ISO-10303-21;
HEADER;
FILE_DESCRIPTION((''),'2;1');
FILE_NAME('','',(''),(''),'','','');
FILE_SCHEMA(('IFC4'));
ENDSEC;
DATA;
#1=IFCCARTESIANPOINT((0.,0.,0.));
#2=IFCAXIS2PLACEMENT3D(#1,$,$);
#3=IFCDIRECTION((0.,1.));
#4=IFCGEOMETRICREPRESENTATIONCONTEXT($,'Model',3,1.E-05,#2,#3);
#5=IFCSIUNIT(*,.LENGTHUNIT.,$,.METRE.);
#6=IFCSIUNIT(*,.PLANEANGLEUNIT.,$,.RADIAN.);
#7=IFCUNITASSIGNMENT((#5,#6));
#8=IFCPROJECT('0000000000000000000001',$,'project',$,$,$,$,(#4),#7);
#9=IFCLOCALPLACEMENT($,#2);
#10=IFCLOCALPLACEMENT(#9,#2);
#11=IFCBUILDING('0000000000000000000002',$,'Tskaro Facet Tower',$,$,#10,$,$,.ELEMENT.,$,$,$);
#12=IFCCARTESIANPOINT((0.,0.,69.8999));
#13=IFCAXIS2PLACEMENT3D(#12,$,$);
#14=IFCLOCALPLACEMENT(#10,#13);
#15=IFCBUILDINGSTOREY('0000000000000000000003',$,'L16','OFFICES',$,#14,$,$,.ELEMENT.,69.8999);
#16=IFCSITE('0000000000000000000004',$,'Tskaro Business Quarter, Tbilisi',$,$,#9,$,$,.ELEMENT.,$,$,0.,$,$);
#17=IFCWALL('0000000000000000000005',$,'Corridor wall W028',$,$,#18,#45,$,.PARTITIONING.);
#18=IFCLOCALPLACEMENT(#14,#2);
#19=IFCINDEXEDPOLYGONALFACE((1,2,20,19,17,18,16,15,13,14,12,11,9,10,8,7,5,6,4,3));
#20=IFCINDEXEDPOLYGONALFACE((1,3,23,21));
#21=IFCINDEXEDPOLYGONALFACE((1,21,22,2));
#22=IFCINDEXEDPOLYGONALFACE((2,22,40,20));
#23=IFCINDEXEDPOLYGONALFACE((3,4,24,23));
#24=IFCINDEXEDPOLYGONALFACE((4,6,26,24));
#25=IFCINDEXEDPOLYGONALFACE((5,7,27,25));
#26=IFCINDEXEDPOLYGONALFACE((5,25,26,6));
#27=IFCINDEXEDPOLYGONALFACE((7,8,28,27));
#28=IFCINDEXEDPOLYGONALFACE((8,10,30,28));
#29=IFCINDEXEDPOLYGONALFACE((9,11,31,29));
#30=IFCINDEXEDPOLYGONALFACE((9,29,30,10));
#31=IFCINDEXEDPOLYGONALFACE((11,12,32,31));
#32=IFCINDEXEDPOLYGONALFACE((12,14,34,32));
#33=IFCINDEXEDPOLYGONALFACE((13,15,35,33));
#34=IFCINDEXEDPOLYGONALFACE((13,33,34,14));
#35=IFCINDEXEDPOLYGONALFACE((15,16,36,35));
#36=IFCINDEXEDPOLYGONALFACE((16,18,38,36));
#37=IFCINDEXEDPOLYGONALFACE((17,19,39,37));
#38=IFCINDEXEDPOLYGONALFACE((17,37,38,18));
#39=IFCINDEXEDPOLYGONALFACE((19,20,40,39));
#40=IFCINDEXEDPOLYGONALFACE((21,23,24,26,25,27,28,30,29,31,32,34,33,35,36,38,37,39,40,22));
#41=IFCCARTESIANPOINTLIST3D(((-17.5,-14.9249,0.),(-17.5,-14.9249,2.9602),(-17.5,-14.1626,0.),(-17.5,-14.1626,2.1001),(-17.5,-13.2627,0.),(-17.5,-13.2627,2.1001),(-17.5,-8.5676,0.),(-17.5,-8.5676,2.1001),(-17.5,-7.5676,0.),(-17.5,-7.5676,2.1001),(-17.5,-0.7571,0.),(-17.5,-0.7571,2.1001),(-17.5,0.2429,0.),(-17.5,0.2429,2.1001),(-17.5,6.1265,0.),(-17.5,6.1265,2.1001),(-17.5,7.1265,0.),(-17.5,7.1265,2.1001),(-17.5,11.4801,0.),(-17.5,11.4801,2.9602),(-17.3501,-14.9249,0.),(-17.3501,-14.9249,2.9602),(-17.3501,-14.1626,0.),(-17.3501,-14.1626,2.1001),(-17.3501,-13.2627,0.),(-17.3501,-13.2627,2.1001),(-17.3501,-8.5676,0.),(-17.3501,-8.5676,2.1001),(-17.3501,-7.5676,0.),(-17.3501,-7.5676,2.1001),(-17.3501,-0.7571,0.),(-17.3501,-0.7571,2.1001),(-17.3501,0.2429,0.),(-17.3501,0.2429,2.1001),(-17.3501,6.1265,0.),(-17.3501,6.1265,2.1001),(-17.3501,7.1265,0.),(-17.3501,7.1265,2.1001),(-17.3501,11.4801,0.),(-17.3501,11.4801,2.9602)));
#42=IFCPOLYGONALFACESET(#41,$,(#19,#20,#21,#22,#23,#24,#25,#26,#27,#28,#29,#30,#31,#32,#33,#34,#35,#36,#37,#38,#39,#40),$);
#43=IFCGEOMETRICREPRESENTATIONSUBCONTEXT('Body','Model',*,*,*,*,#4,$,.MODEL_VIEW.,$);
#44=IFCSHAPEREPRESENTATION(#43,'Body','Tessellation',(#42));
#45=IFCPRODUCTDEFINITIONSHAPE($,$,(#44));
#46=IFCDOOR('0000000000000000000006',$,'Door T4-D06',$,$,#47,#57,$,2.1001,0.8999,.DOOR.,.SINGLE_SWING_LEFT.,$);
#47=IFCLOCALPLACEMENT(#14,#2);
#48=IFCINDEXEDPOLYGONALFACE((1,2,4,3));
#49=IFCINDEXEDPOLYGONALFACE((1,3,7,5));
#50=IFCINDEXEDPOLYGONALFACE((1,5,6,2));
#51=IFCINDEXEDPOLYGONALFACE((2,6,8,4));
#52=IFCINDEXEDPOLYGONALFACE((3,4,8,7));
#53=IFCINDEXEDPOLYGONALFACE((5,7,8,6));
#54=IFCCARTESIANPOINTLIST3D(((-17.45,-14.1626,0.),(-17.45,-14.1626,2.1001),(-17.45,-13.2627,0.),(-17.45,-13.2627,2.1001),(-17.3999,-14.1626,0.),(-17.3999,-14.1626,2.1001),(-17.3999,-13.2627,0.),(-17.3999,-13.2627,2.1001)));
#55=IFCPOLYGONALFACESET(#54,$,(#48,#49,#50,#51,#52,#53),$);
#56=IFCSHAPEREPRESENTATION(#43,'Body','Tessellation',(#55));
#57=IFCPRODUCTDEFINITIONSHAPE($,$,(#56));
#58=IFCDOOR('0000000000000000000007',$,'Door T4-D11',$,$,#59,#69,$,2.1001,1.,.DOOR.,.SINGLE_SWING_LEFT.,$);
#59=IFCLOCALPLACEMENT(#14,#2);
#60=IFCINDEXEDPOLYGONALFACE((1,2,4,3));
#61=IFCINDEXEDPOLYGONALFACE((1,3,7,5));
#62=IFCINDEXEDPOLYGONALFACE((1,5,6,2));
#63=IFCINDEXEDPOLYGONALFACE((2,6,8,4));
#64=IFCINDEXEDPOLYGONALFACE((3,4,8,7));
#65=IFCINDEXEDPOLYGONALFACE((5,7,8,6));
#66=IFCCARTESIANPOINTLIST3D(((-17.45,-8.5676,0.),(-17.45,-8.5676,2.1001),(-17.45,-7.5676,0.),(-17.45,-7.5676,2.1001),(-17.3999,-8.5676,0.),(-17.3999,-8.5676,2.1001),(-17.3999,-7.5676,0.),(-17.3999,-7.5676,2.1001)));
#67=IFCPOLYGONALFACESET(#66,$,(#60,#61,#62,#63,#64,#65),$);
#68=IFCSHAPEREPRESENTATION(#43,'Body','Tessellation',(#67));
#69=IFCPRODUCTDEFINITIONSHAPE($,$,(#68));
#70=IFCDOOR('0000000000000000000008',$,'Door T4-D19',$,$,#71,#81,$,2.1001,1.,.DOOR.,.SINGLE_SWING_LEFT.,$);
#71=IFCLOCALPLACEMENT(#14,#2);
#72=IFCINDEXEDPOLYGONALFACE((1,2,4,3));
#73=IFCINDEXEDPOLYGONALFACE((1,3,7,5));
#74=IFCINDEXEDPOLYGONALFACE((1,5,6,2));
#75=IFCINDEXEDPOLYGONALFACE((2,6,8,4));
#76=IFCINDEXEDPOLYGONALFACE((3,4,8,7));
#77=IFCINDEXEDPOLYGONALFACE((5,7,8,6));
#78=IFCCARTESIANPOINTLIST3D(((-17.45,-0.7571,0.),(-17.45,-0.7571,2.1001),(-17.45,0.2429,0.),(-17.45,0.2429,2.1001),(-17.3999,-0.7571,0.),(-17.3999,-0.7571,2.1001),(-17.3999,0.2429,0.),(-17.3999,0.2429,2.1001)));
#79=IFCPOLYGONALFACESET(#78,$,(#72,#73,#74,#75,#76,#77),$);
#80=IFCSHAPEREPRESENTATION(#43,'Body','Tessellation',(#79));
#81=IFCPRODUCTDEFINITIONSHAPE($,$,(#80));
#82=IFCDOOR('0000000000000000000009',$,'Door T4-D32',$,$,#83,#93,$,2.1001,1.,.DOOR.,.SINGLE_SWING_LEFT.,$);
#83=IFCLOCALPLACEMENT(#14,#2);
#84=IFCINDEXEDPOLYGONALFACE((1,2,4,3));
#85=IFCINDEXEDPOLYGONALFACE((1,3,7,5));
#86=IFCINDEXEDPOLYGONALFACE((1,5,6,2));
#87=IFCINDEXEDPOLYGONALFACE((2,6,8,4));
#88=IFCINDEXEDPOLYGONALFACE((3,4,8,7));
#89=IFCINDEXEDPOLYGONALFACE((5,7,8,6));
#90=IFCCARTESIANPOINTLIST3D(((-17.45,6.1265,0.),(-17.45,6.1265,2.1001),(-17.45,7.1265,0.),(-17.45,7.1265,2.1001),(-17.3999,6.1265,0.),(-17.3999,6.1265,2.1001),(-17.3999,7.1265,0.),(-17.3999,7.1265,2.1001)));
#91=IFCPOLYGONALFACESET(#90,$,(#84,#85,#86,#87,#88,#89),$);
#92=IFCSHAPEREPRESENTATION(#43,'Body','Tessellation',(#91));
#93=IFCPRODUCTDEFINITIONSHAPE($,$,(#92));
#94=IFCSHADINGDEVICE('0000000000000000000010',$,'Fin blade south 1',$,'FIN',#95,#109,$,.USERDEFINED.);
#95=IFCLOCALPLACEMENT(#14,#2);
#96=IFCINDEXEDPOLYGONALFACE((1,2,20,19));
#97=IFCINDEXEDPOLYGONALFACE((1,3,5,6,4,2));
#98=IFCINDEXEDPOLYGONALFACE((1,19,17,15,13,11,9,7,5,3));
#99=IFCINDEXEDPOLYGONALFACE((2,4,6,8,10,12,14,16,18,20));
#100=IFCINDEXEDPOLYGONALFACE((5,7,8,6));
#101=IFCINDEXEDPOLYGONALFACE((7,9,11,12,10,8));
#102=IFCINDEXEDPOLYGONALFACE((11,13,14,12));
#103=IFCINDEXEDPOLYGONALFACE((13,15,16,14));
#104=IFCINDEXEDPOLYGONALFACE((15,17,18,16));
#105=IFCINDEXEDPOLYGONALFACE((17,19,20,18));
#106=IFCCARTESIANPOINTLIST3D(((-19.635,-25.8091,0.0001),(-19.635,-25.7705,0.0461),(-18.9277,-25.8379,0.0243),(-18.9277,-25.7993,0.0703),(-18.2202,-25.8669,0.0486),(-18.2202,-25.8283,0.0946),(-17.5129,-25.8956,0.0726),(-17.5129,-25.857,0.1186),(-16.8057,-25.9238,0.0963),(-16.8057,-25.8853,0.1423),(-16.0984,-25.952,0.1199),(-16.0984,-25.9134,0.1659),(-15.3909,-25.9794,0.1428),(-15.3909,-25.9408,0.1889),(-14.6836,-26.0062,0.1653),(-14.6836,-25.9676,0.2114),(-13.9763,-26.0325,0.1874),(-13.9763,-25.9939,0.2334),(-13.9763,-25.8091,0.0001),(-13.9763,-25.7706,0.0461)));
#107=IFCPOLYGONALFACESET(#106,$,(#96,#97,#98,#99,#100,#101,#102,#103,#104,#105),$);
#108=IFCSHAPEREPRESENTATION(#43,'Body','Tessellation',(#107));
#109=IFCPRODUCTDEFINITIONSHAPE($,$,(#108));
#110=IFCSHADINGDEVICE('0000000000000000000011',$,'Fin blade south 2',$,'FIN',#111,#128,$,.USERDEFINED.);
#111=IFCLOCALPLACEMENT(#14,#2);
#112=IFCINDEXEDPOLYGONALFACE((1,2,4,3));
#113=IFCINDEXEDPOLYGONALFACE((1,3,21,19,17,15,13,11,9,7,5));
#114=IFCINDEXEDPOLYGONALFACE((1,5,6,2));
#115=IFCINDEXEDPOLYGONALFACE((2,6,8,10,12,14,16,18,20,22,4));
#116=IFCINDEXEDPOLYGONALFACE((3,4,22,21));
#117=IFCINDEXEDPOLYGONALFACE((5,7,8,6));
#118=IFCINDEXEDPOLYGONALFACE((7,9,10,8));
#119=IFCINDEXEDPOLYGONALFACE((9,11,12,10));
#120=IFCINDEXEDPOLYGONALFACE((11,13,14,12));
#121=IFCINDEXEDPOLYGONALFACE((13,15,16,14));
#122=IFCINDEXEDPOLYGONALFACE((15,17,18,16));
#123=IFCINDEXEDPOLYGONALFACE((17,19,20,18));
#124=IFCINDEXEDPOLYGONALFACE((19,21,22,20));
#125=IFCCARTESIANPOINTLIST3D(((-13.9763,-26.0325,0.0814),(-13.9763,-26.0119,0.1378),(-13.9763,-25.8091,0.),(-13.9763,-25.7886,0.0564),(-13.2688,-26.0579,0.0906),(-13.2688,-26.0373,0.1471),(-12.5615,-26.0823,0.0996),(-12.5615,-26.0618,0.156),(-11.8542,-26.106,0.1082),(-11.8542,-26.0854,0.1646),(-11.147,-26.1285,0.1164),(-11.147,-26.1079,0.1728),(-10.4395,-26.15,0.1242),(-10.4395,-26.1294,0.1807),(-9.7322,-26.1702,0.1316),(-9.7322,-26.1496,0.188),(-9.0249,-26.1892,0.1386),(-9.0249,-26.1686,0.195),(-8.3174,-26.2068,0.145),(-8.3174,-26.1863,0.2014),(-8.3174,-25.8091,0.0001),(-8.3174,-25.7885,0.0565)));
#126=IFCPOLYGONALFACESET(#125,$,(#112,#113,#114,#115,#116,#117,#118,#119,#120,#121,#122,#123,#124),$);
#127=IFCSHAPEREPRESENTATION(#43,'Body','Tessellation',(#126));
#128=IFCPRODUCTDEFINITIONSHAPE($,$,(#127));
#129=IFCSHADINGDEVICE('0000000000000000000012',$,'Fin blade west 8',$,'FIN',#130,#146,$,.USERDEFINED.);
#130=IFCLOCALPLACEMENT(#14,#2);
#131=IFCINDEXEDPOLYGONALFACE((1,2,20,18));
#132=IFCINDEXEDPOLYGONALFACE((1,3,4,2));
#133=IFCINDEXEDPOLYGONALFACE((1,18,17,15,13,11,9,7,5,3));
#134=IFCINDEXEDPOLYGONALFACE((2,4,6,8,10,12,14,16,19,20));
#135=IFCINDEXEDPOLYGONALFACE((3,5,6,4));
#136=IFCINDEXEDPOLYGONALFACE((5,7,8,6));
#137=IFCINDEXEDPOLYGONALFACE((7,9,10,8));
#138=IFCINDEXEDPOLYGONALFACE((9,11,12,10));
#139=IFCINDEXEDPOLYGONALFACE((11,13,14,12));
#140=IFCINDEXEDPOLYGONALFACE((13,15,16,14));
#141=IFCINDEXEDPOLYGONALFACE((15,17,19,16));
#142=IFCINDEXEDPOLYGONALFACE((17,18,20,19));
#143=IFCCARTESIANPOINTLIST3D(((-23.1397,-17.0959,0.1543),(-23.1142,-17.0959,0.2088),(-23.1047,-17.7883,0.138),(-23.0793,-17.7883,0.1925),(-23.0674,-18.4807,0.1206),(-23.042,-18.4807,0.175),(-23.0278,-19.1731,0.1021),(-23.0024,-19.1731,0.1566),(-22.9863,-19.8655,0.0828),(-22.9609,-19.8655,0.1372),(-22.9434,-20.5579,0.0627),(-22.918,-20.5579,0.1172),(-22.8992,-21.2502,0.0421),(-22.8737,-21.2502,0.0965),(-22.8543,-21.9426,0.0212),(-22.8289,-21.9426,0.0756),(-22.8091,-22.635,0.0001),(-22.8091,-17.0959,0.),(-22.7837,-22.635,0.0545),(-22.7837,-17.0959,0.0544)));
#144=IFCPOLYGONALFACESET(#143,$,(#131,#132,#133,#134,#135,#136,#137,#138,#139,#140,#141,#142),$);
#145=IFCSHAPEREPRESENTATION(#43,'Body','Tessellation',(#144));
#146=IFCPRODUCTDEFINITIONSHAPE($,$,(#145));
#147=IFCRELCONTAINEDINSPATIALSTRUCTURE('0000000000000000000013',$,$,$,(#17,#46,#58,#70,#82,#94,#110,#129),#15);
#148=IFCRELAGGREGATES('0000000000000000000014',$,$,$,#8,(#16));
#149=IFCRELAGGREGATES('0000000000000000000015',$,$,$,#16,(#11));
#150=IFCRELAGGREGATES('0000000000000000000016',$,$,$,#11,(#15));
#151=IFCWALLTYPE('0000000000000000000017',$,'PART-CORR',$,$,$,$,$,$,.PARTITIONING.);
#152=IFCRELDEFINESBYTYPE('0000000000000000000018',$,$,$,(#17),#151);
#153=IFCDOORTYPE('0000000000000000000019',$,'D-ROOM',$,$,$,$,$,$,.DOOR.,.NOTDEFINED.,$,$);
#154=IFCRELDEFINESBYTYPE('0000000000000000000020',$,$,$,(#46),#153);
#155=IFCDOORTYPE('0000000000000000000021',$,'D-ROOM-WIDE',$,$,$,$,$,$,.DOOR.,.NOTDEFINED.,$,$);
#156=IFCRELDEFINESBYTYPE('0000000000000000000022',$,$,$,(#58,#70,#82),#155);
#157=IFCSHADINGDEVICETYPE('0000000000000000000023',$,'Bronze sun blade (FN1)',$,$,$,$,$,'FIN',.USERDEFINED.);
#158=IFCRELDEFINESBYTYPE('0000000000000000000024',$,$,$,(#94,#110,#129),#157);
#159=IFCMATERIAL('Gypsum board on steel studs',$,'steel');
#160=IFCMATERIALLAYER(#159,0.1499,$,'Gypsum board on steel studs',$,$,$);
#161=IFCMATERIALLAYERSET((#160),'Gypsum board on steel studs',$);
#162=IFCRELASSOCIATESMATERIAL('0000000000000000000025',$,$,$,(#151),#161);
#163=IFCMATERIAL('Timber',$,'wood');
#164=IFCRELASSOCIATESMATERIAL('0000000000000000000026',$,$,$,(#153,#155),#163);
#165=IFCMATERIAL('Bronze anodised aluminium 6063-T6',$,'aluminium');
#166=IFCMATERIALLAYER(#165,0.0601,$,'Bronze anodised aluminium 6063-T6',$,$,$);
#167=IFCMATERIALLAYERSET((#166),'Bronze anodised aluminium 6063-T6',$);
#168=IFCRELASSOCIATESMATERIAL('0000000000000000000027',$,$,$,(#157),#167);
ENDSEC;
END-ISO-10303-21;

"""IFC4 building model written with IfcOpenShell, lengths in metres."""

from ifc_helpers import new_model, si_unit, direction, frame, frame_2d, origin, place, context, subcontext, project, spatial, polyline, rectangle, outline, extrude, material, layer, layer_set, type_object, element, fill, save


model = new_model("IFC4")

# Units and contexts
model_context = context("Model", 3, precision=1e-05, world=origin(), true_north=direction((0.0, 1.0)))
body_context = subcontext(model_context, "Body", "Model", "MODEL_VIEW")
ifc_project = project(units=[si_unit("LENGTHUNIT", "METRE"), si_unit("PLANEANGLEUNIT", "RADIAN")], contexts=[model_context])

# Site, building, storey
site_placement = place(None, origin())
site = spatial("IfcSite", under=ifc_project, at=site_placement, Name="Tskaro Business Quarter, Tbilisi", CompositionType="ELEMENT", RefElevation=0.0)
building_placement = place(site_placement, origin())
building = spatial("IfcBuilding", under=site, at=building_placement, Name="Tskaro Facet Tower", CompositionType="ELEMENT")
storey_placement = place(building_placement, frame((0.0, 0.0, 69.8999)))
storey = spatial("IfcBuildingStorey", under=building, at=storey_placement, Name="L16", Description="OFFICES", CompositionType="ELEMENT", Elevation=69.8999)

# Shared definitions
ifc_material_1 = material(Name="Bronze anodised aluminium 6063-T6", Category="aluminium")

# Shared definitions
ifc_material_2 = material(Name="Gypsum board on steel studs", Category="steel")

# Wall, openings, doors
ifc_layer_1 = layer(ifc_material_2, 0.1499, Name="Gypsum board on steel studs")
ifc_layer_set_1 = layer_set([ifc_layer_1], Name="Gypsum board on steel studs")
wall_type_1 = type_object("IfcWallType", Name="PART-CORR", PredefinedType="PARTITIONING", material=ifc_layer_set_1)
wall_1_placement = place(storey_placement, frame((-17.425, -14.925, 0.0), z_axis=(0.0, 0.0, 1.0), x_axis=(0.0, 1.0, 0.0)))
wall_1 = element("IfcWall", 1, at=wall_1_placement, inside=storey, type_object=wall_type_1, Name="Corridor wall W028", PredefinedType="PARTITIONING", context=body_context, shape_type="SweptSolid", body=[
    extrude(rectangle(XDim=26.405, YDim=0.1499, at=frame_2d((13.2026, 0.0))), origin(), (0.0, 0.0, 1.0), 2.9602),
])
opening_1_placement = place(wall_1_placement, frame((0.7625, 0.0, 0.0)))
opening_1 = element("IfcOpeningElement", 2, at=opening_1_placement, cuts=wall_1, PredefinedType="OPENING", context=body_context, shape_type="SweptSolid", body=[
    extrude(rectangle(XDim=0.8999, YDim=2.1001, at=frame_2d((0.45, 1.05))), frame((0.0, 0.085, 0.0), z_axis=(0.0, -1.0, 0.0), x_axis=(1.0, 0.0, 0.0)), (0.0, 0.0, 1.0), 0.1699),
])
opening_2_placement = place(wall_1_placement, frame((6.3574, 0.0, 0.0)))
opening_2 = element("IfcOpeningElement", 3, at=opening_2_placement, cuts=wall_1, PredefinedType="OPENING", context=body_context, shape_type="SweptSolid", body=[
    extrude(rectangle(XDim=1.0, YDim=2.1001, at=frame_2d((0.5, 1.05))), frame((0.0, 0.085, 0.0), z_axis=(0.0, -1.0, 0.0), x_axis=(1.0, 0.0, 0.0)), (0.0, 0.0, 1.0), 0.1699),
])
opening_3_placement = place(wall_1_placement, frame((14.168, 0.0, 0.0)))
opening_3 = element("IfcOpeningElement", 4, at=opening_3_placement, cuts=wall_1, PredefinedType="OPENING", context=body_context, shape_type="SweptSolid", body=[
    extrude(rectangle(XDim=1.0, YDim=2.1001, at=frame_2d((0.5, 1.05))), frame((0.0, 0.085, 0.0), z_axis=(0.0, -1.0, 0.0), x_axis=(1.0, 0.0, 0.0)), (0.0, 0.0, 1.0), 0.1699),
])
opening_4_placement = place(wall_1_placement, frame((21.0515, 0.0, 0.0)))
opening_4 = element("IfcOpeningElement", 5, at=opening_4_placement, cuts=wall_1, PredefinedType="OPENING", context=body_context, shape_type="SweptSolid", body=[
    extrude(rectangle(XDim=1.0, YDim=2.1001, at=frame_2d((0.5, 1.05))), frame((0.0, 0.085, 0.0), z_axis=(0.0, -1.0, 0.0), x_axis=(1.0, 0.0, 0.0)), (0.0, 0.0, 1.0), 0.1699),
])
ifc_material_3 = material(Name="Timber", Category="wood")
door_type_1 = type_object("IfcDoorType", Name="D-ROOM", OperationType="NOTDEFINED", PredefinedType="DOOR", material=ifc_material_3)
door_1_placement = place(opening_1_placement, origin())
door_1 = element("IfcDoor", 6, at=door_1_placement, inside=storey, type_object=door_type_1, Name="Door T4-D06", OperationType="SINGLE_SWING_LEFT", OverallHeight=2.1001, OverallWidth=0.8999, PredefinedType="DOOR", context=body_context, shape_type="SweptSolid", body=[
    extrude(rectangle(XDim=0.8999, YDim=2.1001, at=frame_2d((0.45, 1.05))), frame((0.0, 0.0249, 0.0), z_axis=(0.0, -1.0, 0.0), x_axis=(1.0, 0.0, 0.0)), (0.0, 0.0, 1.0), 0.05),
])
fill(opening_1, door_1)
door_type_2 = type_object("IfcDoorType", Name="D-ROOM-WIDE", OperationType="NOTDEFINED", PredefinedType="DOOR", material=ifc_material_3)
door_2_placement = place(opening_2_placement, origin())
door_2 = element("IfcDoor", 7, at=door_2_placement, inside=storey, type_object=door_type_2, Name="Door T4-D11", OperationType="SINGLE_SWING_LEFT", OverallHeight=2.1001, OverallWidth=1.0, PredefinedType="DOOR", context=body_context, shape_type="SweptSolid", body=[
    extrude(rectangle(XDim=1.0, YDim=2.1001, at=frame_2d((0.5, 1.05))), frame((0.0, 0.0249, 0.0), z_axis=(0.0, -1.0, 0.0), x_axis=(1.0, 0.0, 0.0)), (0.0, 0.0, 1.0), 0.05),
])
fill(opening_2, door_2)
door_3_placement = place(opening_3_placement, origin())
door_3 = element("IfcDoor", 8, at=door_3_placement, inside=storey, type_object=door_type_2, Name="Door T4-D19", OperationType="SINGLE_SWING_LEFT", OverallHeight=2.1001, OverallWidth=1.0, PredefinedType="DOOR", context=body_context, shape_type="SweptSolid", body=[
    extrude(rectangle(XDim=1.0, YDim=2.1001, at=frame_2d((0.5, 1.05))), frame((0.0, 0.0249, 0.0), z_axis=(0.0, -1.0, 0.0), x_axis=(1.0, 0.0, 0.0)), (0.0, 0.0, 1.0), 0.05),
])
fill(opening_3, door_3)
door_4_placement = place(opening_4_placement, origin())
door_4 = element("IfcDoor", 9, at=door_4_placement, inside=storey, type_object=door_type_2, Name="Door T4-D32", OperationType="SINGLE_SWING_LEFT", OverallHeight=2.1001, OverallWidth=1.0, PredefinedType="DOOR", context=body_context, shape_type="SweptSolid", body=[
    extrude(rectangle(XDim=1.0, YDim=2.1001, at=frame_2d((0.5, 1.05))), frame((0.0, 0.0249, 0.0), z_axis=(0.0, -1.0, 0.0), x_axis=(1.0, 0.0, 0.0)), (0.0, 0.0, 1.0), 0.05),
])
fill(opening_4, door_4)

# Shading devices
ifc_layer_2 = layer(ifc_material_1, 0.0601, Name="Bronze anodised aluminium 6063-T6")
ifc_layer_set_2 = layer_set([ifc_layer_2], Name="Bronze anodised aluminium 6063-T6")
shading_device_type = type_object("IfcShadingDeviceType", Name="Bronze sun blade (FN1)", ElementType="FIN", PredefinedType="USERDEFINED", material=ifc_layer_set_2)
shading_device_1_placement = place(storey_placement, frame((-19.635, -25.7705, 0.0461), z_axis=(0.000012, 0.642599, 0.766203), x_axis=(1.0, -0.000008, -0.00001)))
element("IfcShadingDevice", 10, at=shading_device_1_placement, inside=storey, type_object=shading_device_type, Name="Fin blade south 1", ObjectType="FIN", PredefinedType="USERDEFINED", context=body_context, shape_type="SweptSolid", body=[
    extrude(outline(polyline([(0.0, 0.0), (5.6587, 0.0), (5.6587, -0.2915), (4.9514, -0.2572), (4.2441, -0.2222), (3.5366, -0.1865), (2.8293, -0.1497), (2.1221, -0.1128), (1.4148, -0.0754), (0.7073, -0.0376), (0.0, 0.0)])), origin(), (0.0, 0.0, -1.0), 0.0601),
])
shading_device_2_placement = place(storey_placement, frame((-13.9763, -25.7886, 0.0564), z_axis=(-0.000016, 0.342387, 0.939559), x_axis=(1.0, 0.000005, 0.000015)))
element("IfcShadingDevice", 11, at=shading_device_2_placement, inside=storey, type_object=shading_device_type, Name="Fin blade south 2", ObjectType="FIN", PredefinedType="USERDEFINED", context=body_context, shape_type="SweptSolid", body=[
    extrude(outline(polyline([(0.0, 0.0), (5.6589, 0.0), (5.6589, -0.4233), (4.9514, -0.4045), (4.2441, -0.3843), (3.5369, -0.3628), (2.8293, -0.3399), (2.1221, -0.316), (1.4148, -0.2908), (0.7075, -0.2648), (0.0, -0.2377), (0.0, 0.0)])), origin(), (0.0, 0.0, -1.0), 0.0601),
])
shading_device_3_placement = place(storey_placement, frame((-22.7837, -17.0959, 0.0544), z_axis=(0.423025, 0.000006, 0.906118), x_axis=(0.000002, -1.0, 0.000005)))
element("IfcShadingDevice", 12, at=shading_device_3_placement, inside=storey, type_object=shading_device_type, Name="Fin blade west 8", ObjectType="FIN", PredefinedType="USERDEFINED", context=body_context, shape_type="SweptSolid", body=[
    extrude(outline(polyline([(0.0, 0.0), (5.5391, 0.0), (4.8467, -0.0499), (4.1543, -0.0994), (3.4619, -0.1482), (2.7695, -0.1956), (2.0771, -0.2414), (1.3848, -0.2851), (0.6924, -0.3262), (0.0, -0.3648), (0.0, 0.0)])), origin(), (0.0, 0.0, -1.0), 0.0601),
])

save(model, "model.ifc")
